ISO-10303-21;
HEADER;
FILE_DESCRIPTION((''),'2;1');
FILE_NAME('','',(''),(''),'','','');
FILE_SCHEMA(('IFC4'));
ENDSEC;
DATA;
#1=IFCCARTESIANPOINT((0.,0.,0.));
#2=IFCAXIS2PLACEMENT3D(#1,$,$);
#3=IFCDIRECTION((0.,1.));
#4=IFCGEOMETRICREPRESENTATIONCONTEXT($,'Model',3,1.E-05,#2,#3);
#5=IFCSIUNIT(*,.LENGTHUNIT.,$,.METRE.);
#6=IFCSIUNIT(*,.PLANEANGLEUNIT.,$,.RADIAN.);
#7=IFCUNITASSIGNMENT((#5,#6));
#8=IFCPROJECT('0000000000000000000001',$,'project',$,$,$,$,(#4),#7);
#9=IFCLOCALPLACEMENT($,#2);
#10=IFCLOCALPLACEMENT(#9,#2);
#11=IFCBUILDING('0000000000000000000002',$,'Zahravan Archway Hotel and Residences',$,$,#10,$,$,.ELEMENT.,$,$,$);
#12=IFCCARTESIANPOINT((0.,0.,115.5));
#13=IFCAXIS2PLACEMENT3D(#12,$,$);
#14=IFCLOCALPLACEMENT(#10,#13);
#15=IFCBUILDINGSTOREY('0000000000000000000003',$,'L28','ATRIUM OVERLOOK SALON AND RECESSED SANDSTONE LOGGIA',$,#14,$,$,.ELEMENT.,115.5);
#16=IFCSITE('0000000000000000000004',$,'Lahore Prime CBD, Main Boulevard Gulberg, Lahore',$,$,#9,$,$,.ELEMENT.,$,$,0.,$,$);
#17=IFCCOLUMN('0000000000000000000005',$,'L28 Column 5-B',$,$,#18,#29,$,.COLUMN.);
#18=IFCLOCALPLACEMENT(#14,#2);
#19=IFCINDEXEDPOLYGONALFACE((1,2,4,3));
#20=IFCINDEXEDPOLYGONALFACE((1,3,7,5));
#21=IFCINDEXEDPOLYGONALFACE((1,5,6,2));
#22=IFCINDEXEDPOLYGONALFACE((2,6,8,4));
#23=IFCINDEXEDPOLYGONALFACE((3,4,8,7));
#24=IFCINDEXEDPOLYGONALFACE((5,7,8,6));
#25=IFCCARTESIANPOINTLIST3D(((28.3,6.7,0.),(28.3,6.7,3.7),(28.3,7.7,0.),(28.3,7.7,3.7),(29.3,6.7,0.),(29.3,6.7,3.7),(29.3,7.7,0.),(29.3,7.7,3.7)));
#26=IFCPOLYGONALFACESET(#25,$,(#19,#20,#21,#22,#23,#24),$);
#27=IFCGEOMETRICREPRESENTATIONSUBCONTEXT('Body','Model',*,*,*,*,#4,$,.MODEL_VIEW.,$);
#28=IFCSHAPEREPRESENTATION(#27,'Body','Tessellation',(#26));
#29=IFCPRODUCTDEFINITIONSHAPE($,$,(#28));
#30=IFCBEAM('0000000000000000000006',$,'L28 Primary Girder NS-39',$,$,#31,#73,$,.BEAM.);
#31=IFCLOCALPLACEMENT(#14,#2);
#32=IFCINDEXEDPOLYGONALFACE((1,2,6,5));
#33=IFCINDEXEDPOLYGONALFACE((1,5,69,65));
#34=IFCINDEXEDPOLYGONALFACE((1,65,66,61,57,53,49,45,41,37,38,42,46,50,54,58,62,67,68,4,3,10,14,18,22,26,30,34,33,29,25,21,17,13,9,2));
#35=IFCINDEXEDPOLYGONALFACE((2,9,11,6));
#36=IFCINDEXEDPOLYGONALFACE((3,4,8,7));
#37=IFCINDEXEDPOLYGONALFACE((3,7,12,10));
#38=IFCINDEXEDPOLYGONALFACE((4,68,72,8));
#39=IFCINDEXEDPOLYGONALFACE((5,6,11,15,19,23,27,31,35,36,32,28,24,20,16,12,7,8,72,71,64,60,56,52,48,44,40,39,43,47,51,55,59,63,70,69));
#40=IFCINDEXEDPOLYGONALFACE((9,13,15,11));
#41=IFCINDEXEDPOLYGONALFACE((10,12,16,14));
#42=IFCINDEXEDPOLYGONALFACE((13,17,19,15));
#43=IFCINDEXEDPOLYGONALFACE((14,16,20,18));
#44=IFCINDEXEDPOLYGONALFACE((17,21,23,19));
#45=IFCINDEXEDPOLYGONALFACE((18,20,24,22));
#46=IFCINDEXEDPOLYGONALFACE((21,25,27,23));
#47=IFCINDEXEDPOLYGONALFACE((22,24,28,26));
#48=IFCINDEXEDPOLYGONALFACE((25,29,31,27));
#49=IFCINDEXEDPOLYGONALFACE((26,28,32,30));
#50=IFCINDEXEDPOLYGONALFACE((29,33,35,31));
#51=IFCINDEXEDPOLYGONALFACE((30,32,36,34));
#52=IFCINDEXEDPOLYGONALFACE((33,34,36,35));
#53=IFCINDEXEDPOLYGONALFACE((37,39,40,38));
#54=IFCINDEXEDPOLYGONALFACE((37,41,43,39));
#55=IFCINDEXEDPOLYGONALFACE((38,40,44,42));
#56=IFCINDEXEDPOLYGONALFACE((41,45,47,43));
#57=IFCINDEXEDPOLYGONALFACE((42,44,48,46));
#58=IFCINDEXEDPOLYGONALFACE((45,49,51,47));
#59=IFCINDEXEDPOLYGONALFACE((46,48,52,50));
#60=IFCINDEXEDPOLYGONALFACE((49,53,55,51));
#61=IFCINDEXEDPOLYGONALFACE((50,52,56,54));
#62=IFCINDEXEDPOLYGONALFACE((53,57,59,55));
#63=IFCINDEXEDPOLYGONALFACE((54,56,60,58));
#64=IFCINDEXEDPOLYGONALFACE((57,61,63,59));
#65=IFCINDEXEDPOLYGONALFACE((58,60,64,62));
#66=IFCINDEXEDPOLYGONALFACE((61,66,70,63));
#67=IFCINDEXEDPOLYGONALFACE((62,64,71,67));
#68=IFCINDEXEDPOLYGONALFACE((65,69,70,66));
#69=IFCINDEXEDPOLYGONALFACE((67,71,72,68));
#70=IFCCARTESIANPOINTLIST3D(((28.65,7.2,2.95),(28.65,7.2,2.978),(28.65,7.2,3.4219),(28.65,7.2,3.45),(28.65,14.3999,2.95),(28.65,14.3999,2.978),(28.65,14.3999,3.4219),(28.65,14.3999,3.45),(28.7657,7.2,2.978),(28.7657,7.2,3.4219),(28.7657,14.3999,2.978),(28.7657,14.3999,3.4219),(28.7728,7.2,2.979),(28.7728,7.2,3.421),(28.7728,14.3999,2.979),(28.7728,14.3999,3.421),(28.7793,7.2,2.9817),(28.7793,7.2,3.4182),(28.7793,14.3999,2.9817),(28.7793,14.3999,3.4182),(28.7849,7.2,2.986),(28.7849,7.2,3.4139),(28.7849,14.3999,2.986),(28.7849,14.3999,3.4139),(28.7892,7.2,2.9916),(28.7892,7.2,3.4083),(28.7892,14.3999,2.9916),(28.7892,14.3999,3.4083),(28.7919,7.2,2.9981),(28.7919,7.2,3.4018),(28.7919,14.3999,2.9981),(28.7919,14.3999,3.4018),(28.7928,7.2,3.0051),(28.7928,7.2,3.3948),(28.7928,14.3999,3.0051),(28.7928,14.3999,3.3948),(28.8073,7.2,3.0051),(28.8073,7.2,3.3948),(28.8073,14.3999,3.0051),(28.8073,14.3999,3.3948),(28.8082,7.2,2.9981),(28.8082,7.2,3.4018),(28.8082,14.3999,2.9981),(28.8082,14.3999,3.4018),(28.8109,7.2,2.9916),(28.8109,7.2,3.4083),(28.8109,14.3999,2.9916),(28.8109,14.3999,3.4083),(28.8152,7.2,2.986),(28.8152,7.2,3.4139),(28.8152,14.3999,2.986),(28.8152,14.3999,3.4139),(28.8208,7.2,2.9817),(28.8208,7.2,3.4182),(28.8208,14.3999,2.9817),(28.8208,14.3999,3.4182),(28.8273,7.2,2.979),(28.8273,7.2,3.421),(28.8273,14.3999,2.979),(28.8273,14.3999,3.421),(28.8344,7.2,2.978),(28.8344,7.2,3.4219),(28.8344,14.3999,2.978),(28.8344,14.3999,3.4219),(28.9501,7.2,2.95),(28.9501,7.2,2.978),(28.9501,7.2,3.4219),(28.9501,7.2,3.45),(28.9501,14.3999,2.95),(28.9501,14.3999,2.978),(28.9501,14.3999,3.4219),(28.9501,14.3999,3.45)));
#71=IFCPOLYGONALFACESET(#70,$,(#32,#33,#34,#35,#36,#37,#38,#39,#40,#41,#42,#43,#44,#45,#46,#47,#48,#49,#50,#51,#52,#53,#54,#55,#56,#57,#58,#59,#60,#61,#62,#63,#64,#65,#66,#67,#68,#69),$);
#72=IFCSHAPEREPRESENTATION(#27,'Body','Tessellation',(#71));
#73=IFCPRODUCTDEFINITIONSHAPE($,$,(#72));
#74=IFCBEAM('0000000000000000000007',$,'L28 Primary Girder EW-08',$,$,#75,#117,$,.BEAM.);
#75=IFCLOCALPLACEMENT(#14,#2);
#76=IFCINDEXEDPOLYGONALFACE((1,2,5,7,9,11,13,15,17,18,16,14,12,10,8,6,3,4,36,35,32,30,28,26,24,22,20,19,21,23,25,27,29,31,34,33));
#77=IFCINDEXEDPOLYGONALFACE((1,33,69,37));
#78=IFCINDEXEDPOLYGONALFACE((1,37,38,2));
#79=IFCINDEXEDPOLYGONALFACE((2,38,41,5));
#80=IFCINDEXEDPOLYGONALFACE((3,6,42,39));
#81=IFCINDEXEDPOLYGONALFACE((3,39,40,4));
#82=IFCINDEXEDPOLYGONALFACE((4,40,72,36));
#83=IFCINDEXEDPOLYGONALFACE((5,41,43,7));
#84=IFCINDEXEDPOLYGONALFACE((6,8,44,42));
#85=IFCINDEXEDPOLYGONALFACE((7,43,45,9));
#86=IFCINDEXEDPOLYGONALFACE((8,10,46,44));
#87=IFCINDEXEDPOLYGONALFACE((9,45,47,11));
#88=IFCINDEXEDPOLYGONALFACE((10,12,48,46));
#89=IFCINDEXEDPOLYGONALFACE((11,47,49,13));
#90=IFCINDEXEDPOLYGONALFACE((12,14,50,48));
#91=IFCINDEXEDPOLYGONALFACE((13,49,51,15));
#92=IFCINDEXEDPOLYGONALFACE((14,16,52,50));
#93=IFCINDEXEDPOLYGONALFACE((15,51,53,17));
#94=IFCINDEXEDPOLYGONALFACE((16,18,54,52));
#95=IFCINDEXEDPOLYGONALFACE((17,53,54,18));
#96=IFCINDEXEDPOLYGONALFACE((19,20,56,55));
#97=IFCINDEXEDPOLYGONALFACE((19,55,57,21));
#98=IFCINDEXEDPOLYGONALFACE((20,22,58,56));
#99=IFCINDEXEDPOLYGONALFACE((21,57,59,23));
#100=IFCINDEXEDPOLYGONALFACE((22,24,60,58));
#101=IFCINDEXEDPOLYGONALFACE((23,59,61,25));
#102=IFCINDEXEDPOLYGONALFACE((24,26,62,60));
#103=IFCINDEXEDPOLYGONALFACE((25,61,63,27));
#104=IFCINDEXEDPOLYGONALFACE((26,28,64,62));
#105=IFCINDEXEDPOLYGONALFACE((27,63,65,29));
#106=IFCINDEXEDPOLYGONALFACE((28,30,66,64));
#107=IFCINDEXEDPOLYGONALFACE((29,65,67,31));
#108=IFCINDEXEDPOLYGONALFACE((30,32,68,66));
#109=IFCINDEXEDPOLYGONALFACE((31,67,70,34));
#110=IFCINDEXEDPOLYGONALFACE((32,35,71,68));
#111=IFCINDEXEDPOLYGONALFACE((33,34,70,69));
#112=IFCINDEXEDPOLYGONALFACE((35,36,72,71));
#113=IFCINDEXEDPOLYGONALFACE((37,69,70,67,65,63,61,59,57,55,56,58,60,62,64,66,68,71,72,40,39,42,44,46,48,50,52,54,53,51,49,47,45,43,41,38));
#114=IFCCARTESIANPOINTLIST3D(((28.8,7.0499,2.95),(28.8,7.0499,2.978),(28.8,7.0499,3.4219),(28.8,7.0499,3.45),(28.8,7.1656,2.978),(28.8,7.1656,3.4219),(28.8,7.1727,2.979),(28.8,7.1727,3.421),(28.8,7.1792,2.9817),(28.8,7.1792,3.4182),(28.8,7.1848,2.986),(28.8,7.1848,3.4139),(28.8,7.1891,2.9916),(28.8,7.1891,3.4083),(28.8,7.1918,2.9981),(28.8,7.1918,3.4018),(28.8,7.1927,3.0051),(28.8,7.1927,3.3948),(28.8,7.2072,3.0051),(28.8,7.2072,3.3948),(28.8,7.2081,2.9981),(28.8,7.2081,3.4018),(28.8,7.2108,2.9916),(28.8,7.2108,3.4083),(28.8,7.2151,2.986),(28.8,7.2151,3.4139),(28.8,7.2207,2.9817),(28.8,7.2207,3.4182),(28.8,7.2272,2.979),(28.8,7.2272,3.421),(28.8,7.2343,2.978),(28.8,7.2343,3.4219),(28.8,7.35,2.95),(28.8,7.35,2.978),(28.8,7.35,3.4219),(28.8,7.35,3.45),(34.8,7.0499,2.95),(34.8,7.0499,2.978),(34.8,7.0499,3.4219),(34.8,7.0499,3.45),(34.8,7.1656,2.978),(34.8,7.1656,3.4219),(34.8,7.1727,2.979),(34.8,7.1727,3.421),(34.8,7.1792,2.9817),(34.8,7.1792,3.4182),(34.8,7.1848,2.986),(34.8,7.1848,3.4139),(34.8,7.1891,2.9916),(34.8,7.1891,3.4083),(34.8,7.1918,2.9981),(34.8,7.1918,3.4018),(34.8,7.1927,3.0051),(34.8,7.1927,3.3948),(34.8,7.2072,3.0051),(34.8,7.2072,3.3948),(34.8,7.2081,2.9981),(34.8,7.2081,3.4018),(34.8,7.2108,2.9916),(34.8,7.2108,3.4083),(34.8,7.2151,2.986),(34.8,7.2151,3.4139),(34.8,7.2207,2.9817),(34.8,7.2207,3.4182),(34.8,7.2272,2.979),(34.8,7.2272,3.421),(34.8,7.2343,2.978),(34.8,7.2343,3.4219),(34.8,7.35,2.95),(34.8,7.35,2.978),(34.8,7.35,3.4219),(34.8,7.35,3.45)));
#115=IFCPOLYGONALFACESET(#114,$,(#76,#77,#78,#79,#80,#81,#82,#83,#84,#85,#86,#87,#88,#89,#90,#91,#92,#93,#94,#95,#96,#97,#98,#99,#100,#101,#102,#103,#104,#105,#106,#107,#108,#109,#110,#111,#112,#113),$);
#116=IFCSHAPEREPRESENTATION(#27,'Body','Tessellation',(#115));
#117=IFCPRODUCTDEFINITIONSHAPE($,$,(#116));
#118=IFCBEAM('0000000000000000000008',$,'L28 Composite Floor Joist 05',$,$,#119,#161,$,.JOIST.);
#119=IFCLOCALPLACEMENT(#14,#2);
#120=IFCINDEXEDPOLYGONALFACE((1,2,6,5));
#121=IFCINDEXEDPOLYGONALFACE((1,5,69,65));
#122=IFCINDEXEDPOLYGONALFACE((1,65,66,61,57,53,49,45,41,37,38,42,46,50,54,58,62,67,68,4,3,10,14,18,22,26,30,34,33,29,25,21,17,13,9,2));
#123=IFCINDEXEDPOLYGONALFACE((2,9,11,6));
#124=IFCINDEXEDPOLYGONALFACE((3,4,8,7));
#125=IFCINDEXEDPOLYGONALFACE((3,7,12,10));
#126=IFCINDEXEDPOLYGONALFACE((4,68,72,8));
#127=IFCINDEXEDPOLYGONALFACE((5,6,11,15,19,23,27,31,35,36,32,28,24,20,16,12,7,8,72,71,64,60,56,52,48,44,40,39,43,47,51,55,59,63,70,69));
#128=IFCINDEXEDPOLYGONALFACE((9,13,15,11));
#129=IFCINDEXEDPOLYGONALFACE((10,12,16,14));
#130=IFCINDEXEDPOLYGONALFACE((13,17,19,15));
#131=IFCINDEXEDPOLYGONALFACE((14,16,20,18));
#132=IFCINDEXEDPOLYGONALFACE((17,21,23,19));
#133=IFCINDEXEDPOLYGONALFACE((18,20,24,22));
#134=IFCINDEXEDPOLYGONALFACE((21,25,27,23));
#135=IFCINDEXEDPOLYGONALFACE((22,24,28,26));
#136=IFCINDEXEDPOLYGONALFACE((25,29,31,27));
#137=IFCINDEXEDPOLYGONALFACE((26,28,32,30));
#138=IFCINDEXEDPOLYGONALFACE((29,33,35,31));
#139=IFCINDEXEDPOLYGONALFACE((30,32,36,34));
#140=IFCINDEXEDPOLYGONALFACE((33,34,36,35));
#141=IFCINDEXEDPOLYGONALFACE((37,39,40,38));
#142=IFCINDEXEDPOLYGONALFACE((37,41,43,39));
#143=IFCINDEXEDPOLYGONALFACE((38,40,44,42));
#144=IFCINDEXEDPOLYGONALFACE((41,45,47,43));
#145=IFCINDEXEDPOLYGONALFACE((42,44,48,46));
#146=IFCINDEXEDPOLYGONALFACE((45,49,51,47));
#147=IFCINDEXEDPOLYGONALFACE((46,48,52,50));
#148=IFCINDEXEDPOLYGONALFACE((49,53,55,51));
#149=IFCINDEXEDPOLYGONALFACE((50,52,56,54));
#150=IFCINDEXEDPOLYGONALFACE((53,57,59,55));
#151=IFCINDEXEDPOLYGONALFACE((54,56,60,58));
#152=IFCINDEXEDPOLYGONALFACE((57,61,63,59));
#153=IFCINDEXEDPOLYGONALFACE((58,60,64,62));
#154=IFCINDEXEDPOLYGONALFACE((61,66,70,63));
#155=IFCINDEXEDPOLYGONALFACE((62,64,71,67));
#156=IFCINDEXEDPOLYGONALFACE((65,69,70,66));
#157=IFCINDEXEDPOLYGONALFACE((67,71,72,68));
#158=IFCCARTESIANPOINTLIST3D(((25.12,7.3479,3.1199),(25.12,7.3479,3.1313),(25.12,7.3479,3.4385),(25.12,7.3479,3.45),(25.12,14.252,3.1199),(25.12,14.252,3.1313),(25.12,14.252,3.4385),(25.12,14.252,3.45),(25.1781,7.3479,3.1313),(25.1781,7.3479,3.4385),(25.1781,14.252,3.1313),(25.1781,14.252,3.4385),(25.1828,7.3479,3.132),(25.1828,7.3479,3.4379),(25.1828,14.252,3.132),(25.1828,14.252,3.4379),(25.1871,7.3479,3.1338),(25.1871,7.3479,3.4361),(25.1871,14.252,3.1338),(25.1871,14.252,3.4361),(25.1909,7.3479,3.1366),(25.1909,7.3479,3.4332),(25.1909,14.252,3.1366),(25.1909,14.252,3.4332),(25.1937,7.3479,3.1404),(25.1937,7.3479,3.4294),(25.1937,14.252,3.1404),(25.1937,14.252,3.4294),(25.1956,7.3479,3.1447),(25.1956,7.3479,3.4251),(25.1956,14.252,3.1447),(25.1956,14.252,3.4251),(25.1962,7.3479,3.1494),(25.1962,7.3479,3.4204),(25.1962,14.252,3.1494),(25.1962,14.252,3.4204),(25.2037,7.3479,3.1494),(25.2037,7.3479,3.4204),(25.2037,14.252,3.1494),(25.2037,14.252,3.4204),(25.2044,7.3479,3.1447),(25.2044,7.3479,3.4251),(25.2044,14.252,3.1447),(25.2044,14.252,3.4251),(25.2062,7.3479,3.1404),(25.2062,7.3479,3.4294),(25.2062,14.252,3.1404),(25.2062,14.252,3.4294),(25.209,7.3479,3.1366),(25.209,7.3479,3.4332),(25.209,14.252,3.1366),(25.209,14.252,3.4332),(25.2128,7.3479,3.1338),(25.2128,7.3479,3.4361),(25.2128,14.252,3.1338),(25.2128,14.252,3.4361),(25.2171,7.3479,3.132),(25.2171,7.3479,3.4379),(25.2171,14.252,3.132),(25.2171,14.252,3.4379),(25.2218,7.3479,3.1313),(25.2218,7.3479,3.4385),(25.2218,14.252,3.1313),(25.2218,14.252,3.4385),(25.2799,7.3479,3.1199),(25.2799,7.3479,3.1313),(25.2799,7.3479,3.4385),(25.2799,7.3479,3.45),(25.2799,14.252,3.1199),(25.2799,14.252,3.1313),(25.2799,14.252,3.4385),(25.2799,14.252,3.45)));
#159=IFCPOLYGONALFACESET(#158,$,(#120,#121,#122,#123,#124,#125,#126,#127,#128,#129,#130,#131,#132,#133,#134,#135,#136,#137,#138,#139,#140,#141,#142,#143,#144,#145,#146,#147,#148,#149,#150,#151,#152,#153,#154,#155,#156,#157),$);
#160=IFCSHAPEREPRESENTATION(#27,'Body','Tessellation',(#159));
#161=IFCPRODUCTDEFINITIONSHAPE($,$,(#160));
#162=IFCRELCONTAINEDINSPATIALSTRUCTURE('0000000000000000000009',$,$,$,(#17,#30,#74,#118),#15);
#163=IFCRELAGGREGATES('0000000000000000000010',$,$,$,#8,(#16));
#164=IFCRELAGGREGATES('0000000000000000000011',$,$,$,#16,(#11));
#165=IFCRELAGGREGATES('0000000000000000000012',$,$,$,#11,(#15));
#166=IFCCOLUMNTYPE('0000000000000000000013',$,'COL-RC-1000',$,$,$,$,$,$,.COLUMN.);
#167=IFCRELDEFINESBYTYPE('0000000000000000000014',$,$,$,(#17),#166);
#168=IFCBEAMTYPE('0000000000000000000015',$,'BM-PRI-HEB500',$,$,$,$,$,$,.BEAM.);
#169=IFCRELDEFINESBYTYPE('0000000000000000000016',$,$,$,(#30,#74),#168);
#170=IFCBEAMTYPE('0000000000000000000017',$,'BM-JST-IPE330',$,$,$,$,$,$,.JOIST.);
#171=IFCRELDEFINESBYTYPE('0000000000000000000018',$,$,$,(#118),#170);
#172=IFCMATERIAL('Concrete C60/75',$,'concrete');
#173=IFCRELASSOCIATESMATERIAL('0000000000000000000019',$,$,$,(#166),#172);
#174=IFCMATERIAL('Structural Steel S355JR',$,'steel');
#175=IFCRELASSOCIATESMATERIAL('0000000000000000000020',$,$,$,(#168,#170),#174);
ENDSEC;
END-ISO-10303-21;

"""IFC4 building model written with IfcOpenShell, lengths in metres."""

from ifc_helpers import new_model, si_unit, direction, frame, origin, origin_2d, place, context, subcontext, project, spatial, rectangle, i_section, extrude, source, transform, mapped, material, material_profile, profile_set, type_object, type_shapes, element, save


model = new_model("IFC4")

# Units and contexts
model_context = context("Model", 3, precision=1e-05, world=origin(), true_north=direction((0.0, 1.0)))
body_context = subcontext(model_context, "Body", "Model", "MODEL_VIEW")
ifc_project = project(units=[si_unit("LENGTHUNIT", "METRE"), si_unit("PLANEANGLEUNIT", "RADIAN")], contexts=[model_context])

# Site, building, storey
site_placement = place(None, origin())
site = spatial("IfcSite", under=ifc_project, at=site_placement, Name="Lahore Prime CBD, Main Boulevard Gulberg, Lahore", CompositionType="ELEMENT", RefElevation=0.0)
building_placement = place(site_placement, origin())
building = spatial("IfcBuilding", under=site, at=building_placement, Name="Zahravan Archway Hotel and Residences", CompositionType="ELEMENT")
storey_placement = place(building_placement, frame((0.0, 0.0, 115.5)))
storey = spatial("IfcBuildingStorey", under=building, at=storey_placement, Name="L28", Description="ATRIUM OVERLOOK SALON AND RECESSED SANDSTONE LOGGIA", CompositionType="ELEMENT", Elevation=115.5)

# Column
ifc_material_1 = material(Name="Concrete C60/75", Category="concrete")
ifc_material_profile_1 = material_profile(ifc_material_1, rectangle(XDim=1.0, YDim=1.0, at=origin_2d()), Name="RC-COL-1000x1000", Category="concrete")
ifc_profile_set_1 = profile_set([ifc_material_profile_1], Name="Concrete C60/75")
column_type = type_object("IfcColumnType", Name="COL-RC-1000", PredefinedType="COLUMN", material=ifc_profile_set_1)
shared_shape_1 = source(origin(), body_context, "Body", "SweptSolid", [
    extrude(rectangle(XDim=1.0, YDim=1.0, at=origin_2d()), origin(), (0.0, 0.0, 1.0), 3.7),
])
type_shapes(column_type, [shared_shape_1])
column_placement = place(storey_placement, frame((28.8, 7.2, 0.0), z_axis=(0.0, 0.0, 1.0), x_axis=(1.0, 0.0, 0.0)))
element("IfcColumn", 1, at=column_placement, inside=storey, type_object=column_type, Name="L28 Column 5-B", PredefinedType="COLUMN", context=body_context, shape_type="MappedRepresentation", body=[
    mapped(shared_shape_1, transform((0.0, 0.0, 0.0), scale=1.0)),
])

# Beams
ifc_material_2 = material(Name="Structural Steel S355JR", Category="steel")
ifc_material_profile_2 = material_profile(ifc_material_2, i_section(OverallWidth=0.3, OverallDepth=0.5, WebThickness=0.0144, FlangeThickness=0.0281, FilletRadius=0.0271, at=origin_2d()), Name="HEB 500", Category="steel")
ifc_profile_set_2 = profile_set([ifc_material_profile_2], Name="Structural Steel S355JR")
beam_type_1 = type_object("IfcBeamType", Name="BM-PRI-HEB500", PredefinedType="BEAM", material=ifc_profile_set_2)
shared_shape_2 = source(origin(), body_context, "Body", "SweptSolid", [
    extrude(i_section(OverallWidth=0.3, OverallDepth=0.5, WebThickness=0.0144, FlangeThickness=0.0281, FilletRadius=0.0271, at=origin_2d()), origin(), (0.0, 0.0, 1.0), 7.2),
])
beam_1_placement = place(storey_placement, frame((28.8, 7.2, 3.2), z_axis=(0.0, 1.0, 0.0), x_axis=(-1.0, 0.0, 0.0)))
element("IfcBeam", 2, at=beam_1_placement, inside=storey, type_object=beam_type_1, Name="L28 Primary Girder NS-39", PredefinedType="BEAM", context=body_context, shape_type="MappedRepresentation", body=[
    mapped(shared_shape_2, transform((0.0, 0.0, 0.0), scale=1.0)),
])
shared_shape_3 = source(origin(), body_context, "Body", "SweptSolid", [
    extrude(i_section(OverallWidth=0.3, OverallDepth=0.5, WebThickness=0.0144, FlangeThickness=0.0281, FilletRadius=0.0271, at=origin_2d()), origin(), (0.0, 0.0, 1.0), 6.0),
])
beam_2_placement = place(storey_placement, frame((28.8, 7.2, 3.2), z_axis=(1.0, 0.0, 0.0), x_axis=(0.0, 1.0, 0.0)))
element("IfcBeam", 3, at=beam_2_placement, inside=storey, type_object=beam_type_1, Name="L28 Primary Girder EW-08", PredefinedType="BEAM", context=body_context, shape_type="MappedRepresentation", body=[
    mapped(shared_shape_3, transform((0.0, 0.0, 0.0), scale=1.0)),
])
ifc_material_profile_3 = material_profile(ifc_material_2, i_section(OverallWidth=0.1599, OverallDepth=0.3301, WebThickness=0.0076, FlangeThickness=0.0115, FilletRadius=0.0181, at=origin_2d()), Name="IPE 330", Category="steel")
ifc_profile_set_3 = profile_set([ifc_material_profile_3], Name="Structural Steel S355JR")
beam_type_2 = type_object("IfcBeamType", Name="BM-JST-IPE330", PredefinedType="JOIST", material=ifc_profile_set_3)
shared_shape_4 = source(origin(), body_context, "Body", "SweptSolid", [
    extrude(i_section(OverallWidth=0.1599, OverallDepth=0.3301, WebThickness=0.0076, FlangeThickness=0.0115, FilletRadius=0.0181, at=origin_2d()), origin(), (0.0, 0.0, 1.0), 6.9041),
])
type_shapes(beam_type_2, [shared_shape_4])
beam_3_placement = place(storey_placement, frame((25.2, 7.3479, 3.2849), z_axis=(0.0, 1.0, 0.0), x_axis=(-1.0, 0.0, 0.0)))
element("IfcBeam", 4, at=beam_3_placement, inside=storey, type_object=beam_type_2, Name="L28 Composite Floor Joist 05", PredefinedType="JOIST", context=body_context, shape_type="MappedRepresentation", body=[
    mapped(shared_shape_4, transform((0.0, 0.0, 0.0), scale=1.0)),
])

save(model, "model.ifc")
